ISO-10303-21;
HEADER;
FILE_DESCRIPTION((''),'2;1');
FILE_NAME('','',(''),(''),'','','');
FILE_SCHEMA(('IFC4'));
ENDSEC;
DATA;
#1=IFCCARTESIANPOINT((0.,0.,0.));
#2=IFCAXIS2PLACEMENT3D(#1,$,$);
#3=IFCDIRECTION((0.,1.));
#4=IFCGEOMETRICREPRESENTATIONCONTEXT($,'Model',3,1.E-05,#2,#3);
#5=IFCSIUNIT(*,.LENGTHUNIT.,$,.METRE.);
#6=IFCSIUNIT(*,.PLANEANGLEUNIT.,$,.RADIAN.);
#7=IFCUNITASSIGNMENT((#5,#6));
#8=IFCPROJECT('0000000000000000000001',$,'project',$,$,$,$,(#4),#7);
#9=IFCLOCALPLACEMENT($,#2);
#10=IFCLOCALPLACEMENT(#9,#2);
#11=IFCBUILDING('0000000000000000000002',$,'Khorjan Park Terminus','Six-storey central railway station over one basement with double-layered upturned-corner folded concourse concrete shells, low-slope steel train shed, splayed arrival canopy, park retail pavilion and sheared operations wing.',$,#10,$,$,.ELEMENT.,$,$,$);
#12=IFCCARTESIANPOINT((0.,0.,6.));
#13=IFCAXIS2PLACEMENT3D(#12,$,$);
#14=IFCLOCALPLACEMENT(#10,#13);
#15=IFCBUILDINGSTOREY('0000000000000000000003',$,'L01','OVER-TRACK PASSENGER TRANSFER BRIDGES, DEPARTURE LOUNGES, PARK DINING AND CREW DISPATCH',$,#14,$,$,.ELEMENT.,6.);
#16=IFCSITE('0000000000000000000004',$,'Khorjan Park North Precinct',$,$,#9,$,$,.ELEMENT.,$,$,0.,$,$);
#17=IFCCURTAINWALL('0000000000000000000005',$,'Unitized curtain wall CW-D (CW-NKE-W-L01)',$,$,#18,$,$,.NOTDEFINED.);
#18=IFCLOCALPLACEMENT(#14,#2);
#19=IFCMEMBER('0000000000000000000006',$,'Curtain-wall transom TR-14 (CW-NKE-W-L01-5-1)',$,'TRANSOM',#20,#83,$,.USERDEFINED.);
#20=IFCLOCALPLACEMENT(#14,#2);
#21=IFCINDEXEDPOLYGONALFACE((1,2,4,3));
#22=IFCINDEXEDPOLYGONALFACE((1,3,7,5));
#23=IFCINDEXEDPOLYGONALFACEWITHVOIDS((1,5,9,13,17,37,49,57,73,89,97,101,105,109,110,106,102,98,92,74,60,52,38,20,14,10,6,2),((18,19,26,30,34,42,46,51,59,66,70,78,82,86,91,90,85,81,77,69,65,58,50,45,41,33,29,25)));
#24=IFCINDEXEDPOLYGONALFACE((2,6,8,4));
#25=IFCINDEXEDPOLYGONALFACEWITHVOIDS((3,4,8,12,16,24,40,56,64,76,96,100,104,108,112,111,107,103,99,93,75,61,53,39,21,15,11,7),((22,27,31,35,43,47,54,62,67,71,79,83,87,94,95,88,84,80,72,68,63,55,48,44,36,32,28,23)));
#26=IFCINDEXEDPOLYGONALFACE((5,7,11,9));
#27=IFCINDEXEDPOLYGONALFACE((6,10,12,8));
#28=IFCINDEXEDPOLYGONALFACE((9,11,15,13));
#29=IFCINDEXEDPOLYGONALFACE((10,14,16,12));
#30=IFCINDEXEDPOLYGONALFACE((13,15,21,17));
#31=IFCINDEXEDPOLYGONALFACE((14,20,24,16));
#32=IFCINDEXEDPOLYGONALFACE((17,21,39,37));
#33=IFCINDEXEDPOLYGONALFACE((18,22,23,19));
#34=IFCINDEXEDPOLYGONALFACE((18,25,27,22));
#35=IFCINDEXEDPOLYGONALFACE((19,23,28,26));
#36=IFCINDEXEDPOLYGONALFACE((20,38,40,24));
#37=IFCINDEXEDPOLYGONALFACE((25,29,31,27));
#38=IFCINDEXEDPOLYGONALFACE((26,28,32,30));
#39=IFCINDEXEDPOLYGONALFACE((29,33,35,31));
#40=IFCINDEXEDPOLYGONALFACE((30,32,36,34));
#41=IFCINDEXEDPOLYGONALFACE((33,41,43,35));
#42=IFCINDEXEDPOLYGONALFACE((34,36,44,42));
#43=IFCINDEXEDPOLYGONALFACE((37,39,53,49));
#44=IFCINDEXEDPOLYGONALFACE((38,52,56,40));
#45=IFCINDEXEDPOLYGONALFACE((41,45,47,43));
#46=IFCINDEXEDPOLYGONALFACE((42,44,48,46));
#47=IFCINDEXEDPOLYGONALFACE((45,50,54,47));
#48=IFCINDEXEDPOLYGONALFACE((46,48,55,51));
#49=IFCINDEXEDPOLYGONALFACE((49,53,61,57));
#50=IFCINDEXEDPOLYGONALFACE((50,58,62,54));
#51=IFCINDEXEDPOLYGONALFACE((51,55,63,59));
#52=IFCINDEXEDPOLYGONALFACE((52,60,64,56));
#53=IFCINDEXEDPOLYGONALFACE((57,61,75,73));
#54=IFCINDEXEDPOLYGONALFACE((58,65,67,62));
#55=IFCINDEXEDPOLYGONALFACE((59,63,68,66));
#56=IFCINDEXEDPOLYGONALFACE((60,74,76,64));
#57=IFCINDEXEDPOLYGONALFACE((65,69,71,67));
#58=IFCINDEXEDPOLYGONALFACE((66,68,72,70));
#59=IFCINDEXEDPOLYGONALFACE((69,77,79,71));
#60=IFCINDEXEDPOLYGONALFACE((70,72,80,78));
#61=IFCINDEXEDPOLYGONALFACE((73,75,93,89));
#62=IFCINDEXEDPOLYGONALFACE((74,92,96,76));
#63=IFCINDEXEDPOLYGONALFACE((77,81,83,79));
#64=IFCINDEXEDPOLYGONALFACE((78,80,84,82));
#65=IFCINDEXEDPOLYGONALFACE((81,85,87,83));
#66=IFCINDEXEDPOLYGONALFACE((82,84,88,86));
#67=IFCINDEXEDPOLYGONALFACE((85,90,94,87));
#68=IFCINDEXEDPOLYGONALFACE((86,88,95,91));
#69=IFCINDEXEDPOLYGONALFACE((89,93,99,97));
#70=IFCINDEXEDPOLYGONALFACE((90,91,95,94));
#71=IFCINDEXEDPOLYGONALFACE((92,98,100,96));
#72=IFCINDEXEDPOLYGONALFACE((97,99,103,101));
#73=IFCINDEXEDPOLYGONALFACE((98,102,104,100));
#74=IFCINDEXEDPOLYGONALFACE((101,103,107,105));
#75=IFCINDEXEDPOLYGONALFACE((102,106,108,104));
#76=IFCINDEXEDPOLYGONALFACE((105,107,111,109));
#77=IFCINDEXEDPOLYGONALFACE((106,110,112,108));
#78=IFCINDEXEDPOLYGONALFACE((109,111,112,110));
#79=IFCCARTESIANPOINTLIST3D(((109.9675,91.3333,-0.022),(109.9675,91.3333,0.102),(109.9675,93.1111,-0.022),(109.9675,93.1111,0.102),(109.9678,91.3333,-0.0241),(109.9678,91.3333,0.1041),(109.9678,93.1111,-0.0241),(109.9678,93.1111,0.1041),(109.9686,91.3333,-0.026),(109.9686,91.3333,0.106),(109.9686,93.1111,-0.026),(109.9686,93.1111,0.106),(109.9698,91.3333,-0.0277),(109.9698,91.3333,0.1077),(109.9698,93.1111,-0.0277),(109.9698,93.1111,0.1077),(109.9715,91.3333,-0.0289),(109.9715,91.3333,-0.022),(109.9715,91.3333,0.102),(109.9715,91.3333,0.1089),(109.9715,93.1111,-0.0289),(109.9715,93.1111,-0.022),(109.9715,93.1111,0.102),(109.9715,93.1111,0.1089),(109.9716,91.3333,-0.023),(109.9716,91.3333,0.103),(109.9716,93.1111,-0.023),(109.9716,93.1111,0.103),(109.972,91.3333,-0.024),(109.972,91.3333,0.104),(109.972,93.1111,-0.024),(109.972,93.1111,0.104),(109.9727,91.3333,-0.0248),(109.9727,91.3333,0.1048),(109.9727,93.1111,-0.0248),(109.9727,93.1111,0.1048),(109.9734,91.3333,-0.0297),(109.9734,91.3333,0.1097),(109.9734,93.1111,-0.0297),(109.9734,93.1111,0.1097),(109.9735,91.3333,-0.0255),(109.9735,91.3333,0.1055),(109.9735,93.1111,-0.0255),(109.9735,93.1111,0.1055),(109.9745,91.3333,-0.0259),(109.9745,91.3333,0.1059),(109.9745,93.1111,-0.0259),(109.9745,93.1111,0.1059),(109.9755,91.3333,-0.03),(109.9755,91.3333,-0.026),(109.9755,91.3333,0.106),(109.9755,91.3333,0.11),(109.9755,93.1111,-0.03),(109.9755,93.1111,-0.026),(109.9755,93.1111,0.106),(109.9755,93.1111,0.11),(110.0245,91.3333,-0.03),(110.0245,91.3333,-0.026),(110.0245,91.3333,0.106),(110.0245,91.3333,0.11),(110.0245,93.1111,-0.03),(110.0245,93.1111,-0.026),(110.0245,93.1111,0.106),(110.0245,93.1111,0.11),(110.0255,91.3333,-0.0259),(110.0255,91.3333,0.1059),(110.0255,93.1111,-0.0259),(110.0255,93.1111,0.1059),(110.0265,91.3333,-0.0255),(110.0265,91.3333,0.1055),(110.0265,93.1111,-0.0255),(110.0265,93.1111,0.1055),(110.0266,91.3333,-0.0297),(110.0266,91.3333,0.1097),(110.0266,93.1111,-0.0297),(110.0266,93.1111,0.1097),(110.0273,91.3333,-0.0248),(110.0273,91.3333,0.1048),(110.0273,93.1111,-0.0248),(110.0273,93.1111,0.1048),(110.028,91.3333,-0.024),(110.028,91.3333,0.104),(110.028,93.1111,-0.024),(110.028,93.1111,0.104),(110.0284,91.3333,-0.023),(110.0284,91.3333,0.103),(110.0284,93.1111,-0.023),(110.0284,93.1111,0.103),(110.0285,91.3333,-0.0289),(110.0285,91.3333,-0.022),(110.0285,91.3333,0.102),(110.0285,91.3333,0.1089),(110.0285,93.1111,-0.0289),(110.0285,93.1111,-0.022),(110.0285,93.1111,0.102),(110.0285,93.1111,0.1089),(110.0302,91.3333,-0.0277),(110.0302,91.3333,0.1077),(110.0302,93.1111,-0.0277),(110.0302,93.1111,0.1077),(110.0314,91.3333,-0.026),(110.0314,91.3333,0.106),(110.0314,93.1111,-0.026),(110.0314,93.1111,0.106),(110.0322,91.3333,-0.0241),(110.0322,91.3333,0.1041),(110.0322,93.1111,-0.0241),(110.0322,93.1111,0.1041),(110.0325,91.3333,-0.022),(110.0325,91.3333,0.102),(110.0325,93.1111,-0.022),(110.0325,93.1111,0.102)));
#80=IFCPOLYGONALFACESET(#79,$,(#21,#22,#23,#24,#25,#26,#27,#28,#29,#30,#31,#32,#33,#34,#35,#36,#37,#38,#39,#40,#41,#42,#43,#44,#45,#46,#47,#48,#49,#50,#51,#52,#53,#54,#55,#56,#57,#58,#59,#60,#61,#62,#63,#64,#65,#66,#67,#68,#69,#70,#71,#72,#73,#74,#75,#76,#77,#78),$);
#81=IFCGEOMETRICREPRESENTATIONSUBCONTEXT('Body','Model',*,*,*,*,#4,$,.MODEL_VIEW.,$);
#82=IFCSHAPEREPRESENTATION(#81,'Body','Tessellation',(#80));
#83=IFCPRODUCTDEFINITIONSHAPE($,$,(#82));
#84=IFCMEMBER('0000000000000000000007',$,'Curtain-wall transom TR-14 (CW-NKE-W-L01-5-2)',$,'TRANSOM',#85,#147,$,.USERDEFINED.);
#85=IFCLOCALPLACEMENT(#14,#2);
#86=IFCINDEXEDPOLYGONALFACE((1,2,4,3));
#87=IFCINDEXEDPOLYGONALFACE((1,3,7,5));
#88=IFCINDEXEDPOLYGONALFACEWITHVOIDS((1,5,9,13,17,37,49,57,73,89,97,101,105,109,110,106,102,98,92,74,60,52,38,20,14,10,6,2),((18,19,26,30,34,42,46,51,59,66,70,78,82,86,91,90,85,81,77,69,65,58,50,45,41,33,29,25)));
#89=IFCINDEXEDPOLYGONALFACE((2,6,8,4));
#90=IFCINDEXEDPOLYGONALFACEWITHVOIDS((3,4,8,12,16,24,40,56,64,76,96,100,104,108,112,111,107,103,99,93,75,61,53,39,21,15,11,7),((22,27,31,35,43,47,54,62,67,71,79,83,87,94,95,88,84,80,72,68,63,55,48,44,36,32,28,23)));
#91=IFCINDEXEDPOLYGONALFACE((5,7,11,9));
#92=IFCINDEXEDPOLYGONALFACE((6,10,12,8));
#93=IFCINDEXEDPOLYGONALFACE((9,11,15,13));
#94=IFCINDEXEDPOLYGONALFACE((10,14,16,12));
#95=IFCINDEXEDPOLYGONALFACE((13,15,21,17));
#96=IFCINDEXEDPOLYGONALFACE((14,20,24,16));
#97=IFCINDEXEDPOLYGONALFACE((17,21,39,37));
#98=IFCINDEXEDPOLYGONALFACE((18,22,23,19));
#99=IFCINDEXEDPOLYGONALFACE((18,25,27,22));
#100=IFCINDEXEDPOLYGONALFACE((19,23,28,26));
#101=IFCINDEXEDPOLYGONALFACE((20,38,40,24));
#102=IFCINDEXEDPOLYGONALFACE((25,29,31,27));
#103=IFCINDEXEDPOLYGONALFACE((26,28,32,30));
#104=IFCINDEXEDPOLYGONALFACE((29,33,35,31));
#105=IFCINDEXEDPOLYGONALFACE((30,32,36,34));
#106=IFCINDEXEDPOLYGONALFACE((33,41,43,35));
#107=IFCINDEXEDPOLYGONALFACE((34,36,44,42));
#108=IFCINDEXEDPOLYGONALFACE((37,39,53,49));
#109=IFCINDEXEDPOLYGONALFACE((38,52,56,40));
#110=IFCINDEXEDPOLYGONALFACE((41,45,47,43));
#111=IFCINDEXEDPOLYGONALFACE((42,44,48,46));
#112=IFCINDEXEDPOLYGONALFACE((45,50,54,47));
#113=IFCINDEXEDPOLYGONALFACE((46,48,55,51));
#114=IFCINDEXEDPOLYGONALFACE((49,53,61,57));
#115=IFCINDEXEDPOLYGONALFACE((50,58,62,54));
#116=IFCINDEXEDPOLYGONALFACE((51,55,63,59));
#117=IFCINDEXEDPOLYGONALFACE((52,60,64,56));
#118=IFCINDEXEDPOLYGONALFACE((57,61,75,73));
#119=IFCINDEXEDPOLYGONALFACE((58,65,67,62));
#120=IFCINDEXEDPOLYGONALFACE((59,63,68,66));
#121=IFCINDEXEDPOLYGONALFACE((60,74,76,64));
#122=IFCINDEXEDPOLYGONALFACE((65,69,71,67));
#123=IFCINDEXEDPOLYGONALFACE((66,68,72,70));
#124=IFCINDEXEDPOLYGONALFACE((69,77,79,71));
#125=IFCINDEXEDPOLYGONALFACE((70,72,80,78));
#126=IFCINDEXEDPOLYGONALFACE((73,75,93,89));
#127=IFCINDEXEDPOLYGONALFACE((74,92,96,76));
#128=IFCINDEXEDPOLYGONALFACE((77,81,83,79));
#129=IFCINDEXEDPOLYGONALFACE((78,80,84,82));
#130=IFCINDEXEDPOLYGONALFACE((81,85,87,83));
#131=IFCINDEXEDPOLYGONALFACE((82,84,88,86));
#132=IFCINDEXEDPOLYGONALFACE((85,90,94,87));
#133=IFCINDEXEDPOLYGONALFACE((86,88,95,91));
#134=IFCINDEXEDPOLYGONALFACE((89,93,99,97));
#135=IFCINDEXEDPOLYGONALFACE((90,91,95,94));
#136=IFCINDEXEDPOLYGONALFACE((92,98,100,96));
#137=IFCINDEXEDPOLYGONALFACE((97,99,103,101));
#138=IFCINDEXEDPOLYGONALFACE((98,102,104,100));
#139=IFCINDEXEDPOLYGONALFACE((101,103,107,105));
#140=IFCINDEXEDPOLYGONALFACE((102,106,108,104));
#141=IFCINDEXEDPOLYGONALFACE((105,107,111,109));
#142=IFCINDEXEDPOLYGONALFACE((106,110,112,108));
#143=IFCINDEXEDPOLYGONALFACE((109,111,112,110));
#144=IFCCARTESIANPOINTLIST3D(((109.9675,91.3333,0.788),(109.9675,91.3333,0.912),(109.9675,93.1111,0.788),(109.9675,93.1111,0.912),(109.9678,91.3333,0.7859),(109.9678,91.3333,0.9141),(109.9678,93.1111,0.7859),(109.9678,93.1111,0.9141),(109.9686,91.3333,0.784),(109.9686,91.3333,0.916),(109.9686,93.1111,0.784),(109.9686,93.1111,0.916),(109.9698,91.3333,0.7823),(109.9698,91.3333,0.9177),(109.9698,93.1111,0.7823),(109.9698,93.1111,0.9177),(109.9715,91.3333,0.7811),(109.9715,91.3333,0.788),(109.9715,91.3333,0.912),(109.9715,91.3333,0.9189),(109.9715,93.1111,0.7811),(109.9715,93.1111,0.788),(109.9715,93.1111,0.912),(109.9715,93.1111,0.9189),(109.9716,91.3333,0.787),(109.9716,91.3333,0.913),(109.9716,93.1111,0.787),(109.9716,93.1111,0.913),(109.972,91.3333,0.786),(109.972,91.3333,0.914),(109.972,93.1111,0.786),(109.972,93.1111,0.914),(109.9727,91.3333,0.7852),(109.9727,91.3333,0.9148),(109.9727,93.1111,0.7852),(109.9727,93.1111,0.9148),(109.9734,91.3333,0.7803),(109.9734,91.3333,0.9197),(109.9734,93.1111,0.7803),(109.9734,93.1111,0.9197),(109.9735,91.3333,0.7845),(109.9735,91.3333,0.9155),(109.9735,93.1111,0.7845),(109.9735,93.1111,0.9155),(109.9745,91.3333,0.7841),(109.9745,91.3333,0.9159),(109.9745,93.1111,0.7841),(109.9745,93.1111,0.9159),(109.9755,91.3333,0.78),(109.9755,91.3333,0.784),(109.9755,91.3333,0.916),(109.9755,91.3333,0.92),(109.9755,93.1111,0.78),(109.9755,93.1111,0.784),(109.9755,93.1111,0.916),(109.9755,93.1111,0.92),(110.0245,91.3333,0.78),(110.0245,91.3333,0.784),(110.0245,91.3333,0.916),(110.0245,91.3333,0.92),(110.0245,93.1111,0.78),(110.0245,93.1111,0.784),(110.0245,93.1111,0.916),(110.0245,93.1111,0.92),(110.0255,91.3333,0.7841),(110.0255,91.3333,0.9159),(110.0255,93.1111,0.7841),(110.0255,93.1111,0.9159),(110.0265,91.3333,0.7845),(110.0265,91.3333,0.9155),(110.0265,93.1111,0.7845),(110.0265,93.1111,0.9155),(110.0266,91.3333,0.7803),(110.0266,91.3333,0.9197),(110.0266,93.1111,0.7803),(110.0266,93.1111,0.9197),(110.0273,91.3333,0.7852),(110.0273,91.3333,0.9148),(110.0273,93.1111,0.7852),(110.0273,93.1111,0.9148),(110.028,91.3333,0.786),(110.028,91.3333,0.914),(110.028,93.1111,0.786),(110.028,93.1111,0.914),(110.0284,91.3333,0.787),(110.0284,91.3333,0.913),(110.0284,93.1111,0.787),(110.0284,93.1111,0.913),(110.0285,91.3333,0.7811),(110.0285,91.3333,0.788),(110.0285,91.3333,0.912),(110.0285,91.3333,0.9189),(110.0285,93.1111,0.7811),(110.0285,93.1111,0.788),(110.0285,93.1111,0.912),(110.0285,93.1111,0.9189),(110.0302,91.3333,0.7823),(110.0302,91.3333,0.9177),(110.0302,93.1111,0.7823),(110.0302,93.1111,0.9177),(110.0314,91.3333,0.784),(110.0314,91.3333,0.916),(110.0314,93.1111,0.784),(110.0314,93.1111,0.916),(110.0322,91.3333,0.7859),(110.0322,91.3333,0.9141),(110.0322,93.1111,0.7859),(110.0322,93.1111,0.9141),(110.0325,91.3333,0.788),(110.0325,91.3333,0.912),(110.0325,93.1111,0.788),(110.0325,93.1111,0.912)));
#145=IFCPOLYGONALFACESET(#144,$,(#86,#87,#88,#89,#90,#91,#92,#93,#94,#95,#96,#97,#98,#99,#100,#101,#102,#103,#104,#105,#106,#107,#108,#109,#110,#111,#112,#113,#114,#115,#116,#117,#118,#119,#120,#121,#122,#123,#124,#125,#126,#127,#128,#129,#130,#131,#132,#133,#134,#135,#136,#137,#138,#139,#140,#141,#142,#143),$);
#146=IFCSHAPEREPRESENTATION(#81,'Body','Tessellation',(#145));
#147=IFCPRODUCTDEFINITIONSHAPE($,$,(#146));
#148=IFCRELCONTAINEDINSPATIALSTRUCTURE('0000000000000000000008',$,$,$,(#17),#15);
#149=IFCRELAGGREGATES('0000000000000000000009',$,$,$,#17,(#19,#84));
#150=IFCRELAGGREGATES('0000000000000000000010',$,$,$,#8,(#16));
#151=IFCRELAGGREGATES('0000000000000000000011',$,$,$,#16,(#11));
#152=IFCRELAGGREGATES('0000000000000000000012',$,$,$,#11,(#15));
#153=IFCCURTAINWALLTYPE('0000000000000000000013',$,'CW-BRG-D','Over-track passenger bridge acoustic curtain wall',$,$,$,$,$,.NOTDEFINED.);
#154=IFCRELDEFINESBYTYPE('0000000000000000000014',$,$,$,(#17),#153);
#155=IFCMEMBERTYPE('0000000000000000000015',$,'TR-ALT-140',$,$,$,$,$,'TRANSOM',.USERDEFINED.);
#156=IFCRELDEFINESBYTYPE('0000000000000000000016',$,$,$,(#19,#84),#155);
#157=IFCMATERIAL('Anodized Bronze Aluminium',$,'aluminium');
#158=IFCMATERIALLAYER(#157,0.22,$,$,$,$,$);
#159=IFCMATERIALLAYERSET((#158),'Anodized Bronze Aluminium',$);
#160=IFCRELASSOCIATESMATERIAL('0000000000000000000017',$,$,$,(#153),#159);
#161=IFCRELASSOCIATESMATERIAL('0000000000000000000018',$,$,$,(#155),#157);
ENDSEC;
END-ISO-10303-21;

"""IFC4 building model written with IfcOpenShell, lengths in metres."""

from ifc_helpers import new_model, si_unit, direction, frame, origin, origin_2d, place, context, subcontext, project, spatial, hollow_rectangle, extrude, material, layer, layer_set, material_profile, profile_set, type_object, element, aggregate, save


model = new_model("IFC4")

# Units and contexts
model_context = context("Model", 3, precision=1e-05, world=origin(), true_north=direction((0.0, 1.0)))
body_context = subcontext(model_context, "Body", "Model", "MODEL_VIEW")
ifc_project = project(units=[si_unit("LENGTHUNIT", "METRE"), si_unit("PLANEANGLEUNIT", "RADIAN")], contexts=[model_context])

# Site, building, storey
site_placement = place(None, origin())
site = spatial("IfcSite", under=ifc_project, at=site_placement, Name="Khorjan Park North Precinct", CompositionType="ELEMENT", RefElevation=0.0)
building_placement = place(site_placement, origin())
building = spatial("IfcBuilding", under=site, at=building_placement, Name="Khorjan Park Terminus", Description="Six-storey central railway station over one basement with double-layered upturned-corner folded concourse concrete shells, low-slope steel train shed, splayed arrival canopy, park retail pavilion and sheared operations wing.", CompositionType="ELEMENT")
storey_placement = place(building_placement, frame((0.0, 0.0, 6.0)))
storey = spatial("IfcBuildingStorey", under=building, at=storey_placement, Name="L01", Description="OVER-TRACK PASSENGER TRANSFER BRIDGES, DEPARTURE LOUNGES, PARK DINING AND CREW DISPATCH", CompositionType="ELEMENT", Elevation=6.0)

# Curtain wall, members
ifc_material_1 = material(Name="Anodized Bronze Aluminium", Category="aluminium")
ifc_layer_1 = layer(ifc_material_1, 0.22)
ifc_layer_set_1 = layer_set([ifc_layer_1], Name="Anodized Bronze Aluminium")
curtain_wall_type = type_object("IfcCurtainWallType", Name="CW-BRG-D", Description="Over-track passenger bridge acoustic curtain wall", PredefinedType="NOTDEFINED", material=ifc_layer_set_1)
curtain_wall_placement = place(storey_placement, origin())
curtain_wall = element("IfcCurtainWall", 1, at=curtain_wall_placement, inside=storey, type_object=curtain_wall_type, Name="Unitized curtain wall CW-D (CW-NKE-W-L01)", PredefinedType="NOTDEFINED")
ifc_material_profile_1 = material_profile(ifc_material_1, hollow_rectangle(XDim=0.065, YDim=0.14, WallThickness=0.004, InnerFilletRadius=0.004, OuterFilletRadius=0.008, at=origin_2d()), Name="ALT 65x140x4")
ifc_profile_set_1 = profile_set([ifc_material_profile_1], Name="Anodized Bronze Aluminium")
member_type_1 = type_object("IfcMemberType", Name="TR-ALT-140", ElementType="TRANSOM", PredefinedType="USERDEFINED", material=ifc_profile_set_1)
member_1_placement = place(storey_placement, frame((110.0, 93.1111, 0.04), z_axis=(0.0, -1.0, 0.0), x_axis=(1.0, 0.0, 0.0)))
member_1 = element("IfcMember", 2, at=member_1_placement, type_object=member_type_1, Name="Curtain-wall transom TR-14 (CW-NKE-W-L01-5-1)", ObjectType="TRANSOM", PredefinedType="USERDEFINED", context=body_context, shape_type="SweptSolid", body=[
    extrude(hollow_rectangle(XDim=0.065, YDim=0.14, WallThickness=0.004, InnerFilletRadius=0.004, OuterFilletRadius=0.008, at=origin_2d()), origin(), (0.0, 0.0, 1.0), 1.7778),
])
member_2_placement = place(storey_placement, frame((110.0, 93.1111, 0.85), z_axis=(0.0, -1.0, 0.0), x_axis=(1.0, 0.0, 0.0)))
member_2 = element("IfcMember", 3, at=member_2_placement, type_object=member_type_1, Name="Curtain-wall transom TR-14 (CW-NKE-W-L01-5-2)", ObjectType="TRANSOM", PredefinedType="USERDEFINED", context=body_context, shape_type="SweptSolid", body=[
    extrude(hollow_rectangle(XDim=0.065, YDim=0.14, WallThickness=0.004, InnerFilletRadius=0.004, OuterFilletRadius=0.008, at=origin_2d()), origin(), (0.0, 0.0, 1.0), 1.7778),
])
aggregate(curtain_wall, [member_1, member_2])

save(model, "model.ifc")
